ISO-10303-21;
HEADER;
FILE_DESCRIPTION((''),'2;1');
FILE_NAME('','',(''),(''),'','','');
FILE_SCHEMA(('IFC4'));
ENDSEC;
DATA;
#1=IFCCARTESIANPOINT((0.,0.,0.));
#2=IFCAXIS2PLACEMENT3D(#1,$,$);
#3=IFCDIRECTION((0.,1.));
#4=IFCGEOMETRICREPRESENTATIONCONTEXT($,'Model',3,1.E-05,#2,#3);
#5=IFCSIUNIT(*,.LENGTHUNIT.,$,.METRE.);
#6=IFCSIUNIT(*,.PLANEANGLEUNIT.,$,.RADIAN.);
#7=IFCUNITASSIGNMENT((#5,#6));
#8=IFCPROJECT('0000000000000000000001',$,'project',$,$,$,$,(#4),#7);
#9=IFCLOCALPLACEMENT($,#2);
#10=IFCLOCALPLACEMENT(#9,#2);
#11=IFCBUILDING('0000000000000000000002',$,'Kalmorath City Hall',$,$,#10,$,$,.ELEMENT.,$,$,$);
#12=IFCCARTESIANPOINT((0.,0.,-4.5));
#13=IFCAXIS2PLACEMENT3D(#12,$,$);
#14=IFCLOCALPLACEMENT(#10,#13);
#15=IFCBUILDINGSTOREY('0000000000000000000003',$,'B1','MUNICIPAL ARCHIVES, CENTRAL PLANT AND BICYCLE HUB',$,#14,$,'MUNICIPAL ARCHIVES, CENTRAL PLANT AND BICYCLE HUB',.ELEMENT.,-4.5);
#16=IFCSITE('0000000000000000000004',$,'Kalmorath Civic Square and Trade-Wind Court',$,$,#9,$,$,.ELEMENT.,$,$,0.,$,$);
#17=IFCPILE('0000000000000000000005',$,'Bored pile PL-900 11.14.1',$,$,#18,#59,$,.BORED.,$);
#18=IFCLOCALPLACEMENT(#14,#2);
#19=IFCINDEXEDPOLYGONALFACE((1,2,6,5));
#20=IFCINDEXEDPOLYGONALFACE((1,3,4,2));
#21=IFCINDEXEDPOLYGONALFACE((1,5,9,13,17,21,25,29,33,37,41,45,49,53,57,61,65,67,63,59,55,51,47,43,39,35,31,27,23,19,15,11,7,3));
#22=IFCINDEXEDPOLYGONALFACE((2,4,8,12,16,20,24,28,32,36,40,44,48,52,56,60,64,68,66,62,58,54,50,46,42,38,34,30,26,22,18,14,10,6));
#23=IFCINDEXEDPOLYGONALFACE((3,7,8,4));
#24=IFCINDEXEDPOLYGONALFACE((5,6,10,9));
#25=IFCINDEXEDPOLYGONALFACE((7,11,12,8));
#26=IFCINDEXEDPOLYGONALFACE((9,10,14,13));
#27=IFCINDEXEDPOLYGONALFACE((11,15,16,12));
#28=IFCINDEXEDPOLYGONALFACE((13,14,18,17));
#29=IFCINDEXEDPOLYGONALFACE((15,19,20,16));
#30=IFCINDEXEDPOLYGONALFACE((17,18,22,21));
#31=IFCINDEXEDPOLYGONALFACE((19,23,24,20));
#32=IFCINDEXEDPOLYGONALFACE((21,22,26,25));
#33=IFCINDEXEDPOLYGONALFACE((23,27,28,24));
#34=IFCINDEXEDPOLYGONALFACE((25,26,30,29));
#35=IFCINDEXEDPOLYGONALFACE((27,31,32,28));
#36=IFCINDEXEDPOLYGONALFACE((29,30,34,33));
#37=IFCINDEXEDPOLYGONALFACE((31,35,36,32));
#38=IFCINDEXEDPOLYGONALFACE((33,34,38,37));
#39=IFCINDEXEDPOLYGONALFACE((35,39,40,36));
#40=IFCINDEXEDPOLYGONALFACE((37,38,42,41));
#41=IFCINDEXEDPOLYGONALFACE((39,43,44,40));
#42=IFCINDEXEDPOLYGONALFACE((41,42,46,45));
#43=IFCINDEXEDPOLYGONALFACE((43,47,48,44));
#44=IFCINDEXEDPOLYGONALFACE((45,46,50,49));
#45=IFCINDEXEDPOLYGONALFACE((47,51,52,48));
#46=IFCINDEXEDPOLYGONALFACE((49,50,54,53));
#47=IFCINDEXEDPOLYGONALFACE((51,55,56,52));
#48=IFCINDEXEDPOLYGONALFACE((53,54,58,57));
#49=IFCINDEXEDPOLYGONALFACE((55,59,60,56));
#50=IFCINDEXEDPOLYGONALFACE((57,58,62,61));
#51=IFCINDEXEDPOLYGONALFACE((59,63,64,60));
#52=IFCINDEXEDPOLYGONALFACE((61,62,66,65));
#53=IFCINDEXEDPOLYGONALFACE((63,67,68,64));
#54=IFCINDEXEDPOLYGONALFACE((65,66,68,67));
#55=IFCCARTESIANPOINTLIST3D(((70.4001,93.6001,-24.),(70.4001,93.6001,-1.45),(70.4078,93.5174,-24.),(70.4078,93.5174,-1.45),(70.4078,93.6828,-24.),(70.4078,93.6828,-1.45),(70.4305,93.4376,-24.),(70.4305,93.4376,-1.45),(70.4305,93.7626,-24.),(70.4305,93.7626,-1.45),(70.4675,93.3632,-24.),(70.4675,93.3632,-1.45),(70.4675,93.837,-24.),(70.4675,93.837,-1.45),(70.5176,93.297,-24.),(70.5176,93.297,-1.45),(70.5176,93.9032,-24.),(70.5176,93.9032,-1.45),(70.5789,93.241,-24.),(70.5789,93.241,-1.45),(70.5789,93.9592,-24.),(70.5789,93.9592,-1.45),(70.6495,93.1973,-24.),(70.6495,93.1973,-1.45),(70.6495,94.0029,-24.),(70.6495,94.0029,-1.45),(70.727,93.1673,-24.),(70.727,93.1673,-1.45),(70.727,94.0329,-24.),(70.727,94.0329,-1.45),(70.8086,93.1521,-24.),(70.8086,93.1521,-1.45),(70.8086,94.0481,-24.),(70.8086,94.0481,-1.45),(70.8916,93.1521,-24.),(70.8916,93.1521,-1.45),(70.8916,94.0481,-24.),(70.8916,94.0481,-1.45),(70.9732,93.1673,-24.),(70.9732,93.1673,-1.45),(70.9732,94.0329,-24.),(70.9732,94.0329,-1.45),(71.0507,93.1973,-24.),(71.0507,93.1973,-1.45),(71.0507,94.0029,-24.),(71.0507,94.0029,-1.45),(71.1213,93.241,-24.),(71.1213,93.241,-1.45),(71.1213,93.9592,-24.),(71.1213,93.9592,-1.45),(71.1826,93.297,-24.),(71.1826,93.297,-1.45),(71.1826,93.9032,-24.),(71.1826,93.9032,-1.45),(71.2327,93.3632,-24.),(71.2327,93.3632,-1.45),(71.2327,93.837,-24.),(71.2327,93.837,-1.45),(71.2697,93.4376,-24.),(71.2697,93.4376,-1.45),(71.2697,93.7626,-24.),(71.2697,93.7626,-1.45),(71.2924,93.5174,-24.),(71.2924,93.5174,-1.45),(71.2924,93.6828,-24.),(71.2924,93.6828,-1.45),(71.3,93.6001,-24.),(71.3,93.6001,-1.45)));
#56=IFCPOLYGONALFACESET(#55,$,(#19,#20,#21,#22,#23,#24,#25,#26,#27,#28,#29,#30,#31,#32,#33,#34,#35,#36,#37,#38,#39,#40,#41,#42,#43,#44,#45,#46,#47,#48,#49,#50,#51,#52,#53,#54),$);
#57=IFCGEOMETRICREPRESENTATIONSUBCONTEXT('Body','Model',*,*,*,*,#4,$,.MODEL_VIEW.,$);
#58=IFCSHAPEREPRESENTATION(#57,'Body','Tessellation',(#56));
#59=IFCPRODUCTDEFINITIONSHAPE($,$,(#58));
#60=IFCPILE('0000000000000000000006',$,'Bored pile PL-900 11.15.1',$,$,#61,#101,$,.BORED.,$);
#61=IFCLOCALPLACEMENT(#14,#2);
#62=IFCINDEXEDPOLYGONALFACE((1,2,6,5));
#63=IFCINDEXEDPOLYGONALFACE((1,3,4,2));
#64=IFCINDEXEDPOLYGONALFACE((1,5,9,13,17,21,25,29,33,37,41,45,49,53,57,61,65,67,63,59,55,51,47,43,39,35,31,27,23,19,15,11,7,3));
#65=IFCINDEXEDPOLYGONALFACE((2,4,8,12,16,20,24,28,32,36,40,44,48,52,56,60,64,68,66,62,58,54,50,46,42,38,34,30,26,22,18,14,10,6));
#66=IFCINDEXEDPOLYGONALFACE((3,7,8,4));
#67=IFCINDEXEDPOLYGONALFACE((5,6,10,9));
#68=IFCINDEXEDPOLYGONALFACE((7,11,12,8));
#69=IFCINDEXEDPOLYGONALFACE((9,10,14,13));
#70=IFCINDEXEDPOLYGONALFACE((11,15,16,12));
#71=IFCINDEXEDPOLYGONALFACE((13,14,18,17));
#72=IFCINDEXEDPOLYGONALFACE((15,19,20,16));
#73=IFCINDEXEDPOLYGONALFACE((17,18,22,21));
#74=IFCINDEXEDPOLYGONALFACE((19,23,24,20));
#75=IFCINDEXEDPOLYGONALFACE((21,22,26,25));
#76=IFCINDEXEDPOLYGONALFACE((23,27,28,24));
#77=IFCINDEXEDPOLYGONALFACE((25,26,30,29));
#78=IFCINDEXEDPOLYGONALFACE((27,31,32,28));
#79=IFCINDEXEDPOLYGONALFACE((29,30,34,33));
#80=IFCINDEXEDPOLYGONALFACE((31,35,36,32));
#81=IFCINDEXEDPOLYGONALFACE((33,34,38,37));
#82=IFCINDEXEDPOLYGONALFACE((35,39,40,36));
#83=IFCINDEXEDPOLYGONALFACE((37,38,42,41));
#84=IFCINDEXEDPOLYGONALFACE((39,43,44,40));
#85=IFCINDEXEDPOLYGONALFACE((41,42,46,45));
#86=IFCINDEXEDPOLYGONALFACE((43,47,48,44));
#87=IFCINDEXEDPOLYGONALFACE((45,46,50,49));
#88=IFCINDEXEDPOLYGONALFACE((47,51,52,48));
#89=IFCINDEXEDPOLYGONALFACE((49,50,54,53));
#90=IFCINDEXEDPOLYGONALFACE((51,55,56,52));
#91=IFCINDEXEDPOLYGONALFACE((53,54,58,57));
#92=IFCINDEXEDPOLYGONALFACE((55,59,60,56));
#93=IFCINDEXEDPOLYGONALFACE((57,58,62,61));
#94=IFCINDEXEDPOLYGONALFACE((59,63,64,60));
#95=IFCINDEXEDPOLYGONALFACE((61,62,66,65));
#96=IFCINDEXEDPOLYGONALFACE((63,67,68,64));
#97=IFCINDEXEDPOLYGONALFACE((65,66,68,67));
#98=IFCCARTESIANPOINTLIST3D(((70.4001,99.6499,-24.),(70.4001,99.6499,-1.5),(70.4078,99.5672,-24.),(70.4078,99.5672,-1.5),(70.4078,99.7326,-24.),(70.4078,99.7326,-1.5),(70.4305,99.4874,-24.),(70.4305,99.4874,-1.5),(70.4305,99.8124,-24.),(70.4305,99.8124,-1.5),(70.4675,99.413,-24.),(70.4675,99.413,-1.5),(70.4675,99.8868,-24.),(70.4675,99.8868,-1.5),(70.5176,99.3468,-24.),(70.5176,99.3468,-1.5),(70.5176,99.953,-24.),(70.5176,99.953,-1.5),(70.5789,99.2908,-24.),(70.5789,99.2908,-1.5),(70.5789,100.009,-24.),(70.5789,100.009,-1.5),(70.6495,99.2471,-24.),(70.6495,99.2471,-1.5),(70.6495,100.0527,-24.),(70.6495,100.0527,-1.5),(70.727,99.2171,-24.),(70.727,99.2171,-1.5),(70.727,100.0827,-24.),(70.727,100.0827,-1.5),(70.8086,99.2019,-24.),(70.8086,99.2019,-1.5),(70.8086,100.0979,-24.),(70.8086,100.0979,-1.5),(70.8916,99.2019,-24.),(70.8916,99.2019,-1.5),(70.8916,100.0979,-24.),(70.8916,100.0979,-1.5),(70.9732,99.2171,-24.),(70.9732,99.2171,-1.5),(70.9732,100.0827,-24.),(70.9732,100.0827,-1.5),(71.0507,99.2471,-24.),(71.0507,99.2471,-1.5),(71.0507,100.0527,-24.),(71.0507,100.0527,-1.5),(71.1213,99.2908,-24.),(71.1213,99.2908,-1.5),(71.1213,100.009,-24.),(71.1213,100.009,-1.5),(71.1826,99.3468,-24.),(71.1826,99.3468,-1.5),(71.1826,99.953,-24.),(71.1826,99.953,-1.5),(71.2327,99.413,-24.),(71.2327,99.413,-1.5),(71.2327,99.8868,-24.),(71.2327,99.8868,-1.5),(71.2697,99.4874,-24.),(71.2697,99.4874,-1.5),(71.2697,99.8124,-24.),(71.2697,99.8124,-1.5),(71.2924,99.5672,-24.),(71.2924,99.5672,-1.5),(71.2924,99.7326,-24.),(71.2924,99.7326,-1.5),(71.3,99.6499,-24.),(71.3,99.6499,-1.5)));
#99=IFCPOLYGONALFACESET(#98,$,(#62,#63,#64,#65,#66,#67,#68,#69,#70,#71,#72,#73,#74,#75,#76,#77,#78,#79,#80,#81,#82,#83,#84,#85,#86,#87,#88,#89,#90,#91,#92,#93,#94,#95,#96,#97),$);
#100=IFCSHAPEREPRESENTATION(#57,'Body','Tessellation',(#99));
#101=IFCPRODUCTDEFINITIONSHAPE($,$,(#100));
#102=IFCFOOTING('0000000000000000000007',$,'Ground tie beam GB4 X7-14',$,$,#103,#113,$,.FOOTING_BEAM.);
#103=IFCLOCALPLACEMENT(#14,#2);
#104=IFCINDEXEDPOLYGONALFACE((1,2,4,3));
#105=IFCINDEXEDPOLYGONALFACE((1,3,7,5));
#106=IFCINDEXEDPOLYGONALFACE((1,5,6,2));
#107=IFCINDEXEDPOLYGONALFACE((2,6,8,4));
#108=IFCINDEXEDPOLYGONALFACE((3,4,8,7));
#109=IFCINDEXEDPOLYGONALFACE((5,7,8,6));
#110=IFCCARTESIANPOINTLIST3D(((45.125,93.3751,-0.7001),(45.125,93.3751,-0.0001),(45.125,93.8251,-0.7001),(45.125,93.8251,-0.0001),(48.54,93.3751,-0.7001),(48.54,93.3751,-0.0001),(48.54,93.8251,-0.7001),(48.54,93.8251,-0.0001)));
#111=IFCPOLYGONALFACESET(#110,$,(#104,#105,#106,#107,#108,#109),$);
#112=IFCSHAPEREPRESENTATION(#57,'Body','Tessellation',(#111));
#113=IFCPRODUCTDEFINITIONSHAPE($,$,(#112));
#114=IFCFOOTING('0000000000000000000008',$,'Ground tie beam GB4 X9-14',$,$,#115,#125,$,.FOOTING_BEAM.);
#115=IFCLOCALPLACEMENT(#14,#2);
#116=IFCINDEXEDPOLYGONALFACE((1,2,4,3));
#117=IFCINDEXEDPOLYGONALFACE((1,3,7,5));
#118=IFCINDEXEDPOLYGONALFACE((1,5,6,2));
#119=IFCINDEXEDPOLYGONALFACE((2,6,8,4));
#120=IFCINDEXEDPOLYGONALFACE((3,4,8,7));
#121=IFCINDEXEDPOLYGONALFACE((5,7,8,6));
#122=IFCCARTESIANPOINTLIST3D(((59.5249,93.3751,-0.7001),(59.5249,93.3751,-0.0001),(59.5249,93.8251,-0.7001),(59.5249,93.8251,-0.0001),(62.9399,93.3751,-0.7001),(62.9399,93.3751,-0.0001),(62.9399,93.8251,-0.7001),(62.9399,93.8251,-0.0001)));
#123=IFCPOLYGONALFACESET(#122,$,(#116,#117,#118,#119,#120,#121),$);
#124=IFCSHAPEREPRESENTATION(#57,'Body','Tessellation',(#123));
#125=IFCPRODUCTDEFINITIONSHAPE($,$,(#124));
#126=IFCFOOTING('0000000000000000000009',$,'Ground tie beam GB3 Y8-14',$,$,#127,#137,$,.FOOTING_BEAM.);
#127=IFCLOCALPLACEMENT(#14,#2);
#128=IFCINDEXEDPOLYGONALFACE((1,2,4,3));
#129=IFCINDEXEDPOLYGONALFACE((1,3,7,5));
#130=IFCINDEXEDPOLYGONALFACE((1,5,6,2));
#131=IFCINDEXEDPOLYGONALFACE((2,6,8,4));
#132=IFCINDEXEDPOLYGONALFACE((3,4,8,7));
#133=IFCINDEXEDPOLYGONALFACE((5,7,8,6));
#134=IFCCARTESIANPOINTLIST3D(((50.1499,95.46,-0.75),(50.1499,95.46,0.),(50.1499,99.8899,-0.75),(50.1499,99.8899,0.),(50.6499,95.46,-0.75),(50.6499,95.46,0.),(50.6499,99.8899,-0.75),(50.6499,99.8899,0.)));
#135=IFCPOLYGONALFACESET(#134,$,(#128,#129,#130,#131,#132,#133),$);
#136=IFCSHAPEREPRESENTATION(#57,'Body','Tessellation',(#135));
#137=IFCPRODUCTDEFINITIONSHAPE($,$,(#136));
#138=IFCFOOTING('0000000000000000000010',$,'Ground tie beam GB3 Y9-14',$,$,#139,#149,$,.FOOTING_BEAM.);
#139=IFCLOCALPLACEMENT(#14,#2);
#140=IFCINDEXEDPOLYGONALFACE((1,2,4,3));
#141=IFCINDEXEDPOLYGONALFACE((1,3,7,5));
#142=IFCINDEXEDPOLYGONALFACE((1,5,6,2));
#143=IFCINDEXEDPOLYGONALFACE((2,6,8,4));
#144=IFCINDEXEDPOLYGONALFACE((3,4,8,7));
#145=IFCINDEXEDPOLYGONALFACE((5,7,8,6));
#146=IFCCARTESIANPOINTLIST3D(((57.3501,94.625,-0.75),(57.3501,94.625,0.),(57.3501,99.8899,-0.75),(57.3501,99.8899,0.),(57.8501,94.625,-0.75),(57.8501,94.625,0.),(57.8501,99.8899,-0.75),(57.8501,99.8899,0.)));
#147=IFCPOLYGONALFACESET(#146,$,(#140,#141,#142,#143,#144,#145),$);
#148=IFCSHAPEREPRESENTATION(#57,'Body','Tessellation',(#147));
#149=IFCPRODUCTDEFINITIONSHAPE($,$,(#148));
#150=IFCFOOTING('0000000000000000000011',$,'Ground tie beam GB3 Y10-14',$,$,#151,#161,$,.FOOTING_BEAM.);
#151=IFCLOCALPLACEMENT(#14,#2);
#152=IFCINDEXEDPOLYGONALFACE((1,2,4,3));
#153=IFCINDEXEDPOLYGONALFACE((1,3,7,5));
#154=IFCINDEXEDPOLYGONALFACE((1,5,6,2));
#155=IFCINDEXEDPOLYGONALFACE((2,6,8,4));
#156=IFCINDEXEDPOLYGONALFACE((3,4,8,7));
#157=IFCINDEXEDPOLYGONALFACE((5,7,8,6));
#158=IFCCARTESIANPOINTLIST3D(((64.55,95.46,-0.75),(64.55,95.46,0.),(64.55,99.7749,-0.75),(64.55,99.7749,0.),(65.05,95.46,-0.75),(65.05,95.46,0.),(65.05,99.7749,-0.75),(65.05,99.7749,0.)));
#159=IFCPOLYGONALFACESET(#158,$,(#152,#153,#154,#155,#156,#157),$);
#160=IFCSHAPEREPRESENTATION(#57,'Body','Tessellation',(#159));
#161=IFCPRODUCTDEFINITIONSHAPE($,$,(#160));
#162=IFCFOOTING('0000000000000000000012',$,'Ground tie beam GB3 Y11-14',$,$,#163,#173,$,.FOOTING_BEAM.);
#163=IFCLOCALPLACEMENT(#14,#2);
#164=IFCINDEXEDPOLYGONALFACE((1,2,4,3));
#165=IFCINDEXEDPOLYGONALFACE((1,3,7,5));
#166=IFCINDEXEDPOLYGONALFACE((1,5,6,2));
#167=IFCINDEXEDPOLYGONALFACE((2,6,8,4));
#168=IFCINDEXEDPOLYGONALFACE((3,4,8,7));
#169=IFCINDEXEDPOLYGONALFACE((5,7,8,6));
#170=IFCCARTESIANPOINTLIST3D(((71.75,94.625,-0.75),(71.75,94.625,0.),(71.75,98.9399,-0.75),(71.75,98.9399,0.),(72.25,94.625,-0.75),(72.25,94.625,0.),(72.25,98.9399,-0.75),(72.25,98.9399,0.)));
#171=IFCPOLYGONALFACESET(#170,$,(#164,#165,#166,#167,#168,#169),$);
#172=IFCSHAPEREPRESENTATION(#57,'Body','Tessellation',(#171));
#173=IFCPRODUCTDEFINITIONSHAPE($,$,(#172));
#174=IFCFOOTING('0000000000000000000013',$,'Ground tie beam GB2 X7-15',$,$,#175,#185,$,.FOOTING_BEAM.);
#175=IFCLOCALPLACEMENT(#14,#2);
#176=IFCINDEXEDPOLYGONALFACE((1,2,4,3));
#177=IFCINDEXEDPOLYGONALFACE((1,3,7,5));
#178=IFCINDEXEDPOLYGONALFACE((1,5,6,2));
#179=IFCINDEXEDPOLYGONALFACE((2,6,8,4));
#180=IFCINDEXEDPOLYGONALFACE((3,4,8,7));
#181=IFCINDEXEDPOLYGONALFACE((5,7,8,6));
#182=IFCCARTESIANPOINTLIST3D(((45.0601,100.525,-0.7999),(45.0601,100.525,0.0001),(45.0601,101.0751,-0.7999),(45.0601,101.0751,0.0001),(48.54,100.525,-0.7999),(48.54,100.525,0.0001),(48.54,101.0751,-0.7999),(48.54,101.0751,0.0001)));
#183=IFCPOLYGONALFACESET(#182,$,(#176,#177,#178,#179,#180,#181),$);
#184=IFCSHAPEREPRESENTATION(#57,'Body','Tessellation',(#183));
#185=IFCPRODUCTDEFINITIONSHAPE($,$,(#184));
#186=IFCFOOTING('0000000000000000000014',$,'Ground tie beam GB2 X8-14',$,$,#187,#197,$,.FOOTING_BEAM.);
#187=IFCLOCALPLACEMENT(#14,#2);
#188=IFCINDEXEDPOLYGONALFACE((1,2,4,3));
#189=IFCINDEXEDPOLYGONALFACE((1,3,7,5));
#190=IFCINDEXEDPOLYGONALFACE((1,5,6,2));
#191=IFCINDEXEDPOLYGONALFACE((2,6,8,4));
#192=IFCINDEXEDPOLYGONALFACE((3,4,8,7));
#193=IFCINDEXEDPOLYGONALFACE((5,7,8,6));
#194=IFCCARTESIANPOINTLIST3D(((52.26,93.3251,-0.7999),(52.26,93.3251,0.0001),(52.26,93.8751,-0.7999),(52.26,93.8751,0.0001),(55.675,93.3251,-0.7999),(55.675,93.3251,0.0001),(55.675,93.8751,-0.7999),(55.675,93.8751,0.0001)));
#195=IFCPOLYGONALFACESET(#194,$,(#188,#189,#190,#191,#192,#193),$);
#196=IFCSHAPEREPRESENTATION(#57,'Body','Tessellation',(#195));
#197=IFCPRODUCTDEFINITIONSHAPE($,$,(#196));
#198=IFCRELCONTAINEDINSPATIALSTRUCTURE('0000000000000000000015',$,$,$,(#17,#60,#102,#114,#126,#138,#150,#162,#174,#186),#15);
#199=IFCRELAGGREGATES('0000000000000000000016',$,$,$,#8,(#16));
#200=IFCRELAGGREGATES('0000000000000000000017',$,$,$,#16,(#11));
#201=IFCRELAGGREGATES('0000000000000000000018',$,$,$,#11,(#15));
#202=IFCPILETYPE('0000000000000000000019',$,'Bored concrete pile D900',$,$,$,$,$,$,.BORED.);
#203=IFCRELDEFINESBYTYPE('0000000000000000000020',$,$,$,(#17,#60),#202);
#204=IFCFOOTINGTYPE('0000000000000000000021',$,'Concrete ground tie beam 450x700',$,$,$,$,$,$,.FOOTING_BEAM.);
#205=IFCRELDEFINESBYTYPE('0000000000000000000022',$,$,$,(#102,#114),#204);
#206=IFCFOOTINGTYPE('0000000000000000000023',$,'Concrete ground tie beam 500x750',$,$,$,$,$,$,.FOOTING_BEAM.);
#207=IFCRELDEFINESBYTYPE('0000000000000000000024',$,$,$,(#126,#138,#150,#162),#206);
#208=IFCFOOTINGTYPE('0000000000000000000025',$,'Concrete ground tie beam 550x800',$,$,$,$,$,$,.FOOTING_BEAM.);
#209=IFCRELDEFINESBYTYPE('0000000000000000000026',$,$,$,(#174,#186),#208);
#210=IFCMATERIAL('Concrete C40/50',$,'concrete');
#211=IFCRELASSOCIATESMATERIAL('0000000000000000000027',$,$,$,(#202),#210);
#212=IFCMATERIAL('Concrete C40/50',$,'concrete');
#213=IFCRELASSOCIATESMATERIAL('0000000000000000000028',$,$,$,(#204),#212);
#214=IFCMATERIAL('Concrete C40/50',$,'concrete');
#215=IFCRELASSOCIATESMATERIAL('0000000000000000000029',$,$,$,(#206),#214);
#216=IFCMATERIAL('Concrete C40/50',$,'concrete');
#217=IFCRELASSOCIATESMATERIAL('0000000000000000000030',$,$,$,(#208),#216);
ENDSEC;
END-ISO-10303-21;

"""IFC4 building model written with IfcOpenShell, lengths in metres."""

from ifc_helpers import new_model, si_unit, direction, frame, origin, origin_2d, place, context, subcontext, project, spatial, rectangle, circle, extrude, material, material_profile, profile_set, type_object, element, save


model = new_model("IFC4")

# Units and contexts
model_context = context("Model", 3, precision=1e-05, world=origin(), true_north=direction((0.0, 1.0)))
body_context = subcontext(model_context, "Body", "Model", "MODEL_VIEW")
ifc_project = project(units=[si_unit("LENGTHUNIT", "METRE"), si_unit("PLANEANGLEUNIT", "RADIAN")], contexts=[model_context])

# Site, building, storey
site_placement = place(None, origin())
site = spatial("IfcSite", under=ifc_project, at=site_placement, Name="Kalmorath Civic Square and Trade-Wind Court", CompositionType="ELEMENT", RefElevation=0.0)
building_placement = place(site_placement, origin())
building = spatial("IfcBuilding", under=site, at=building_placement, Name="Kalmorath City Hall", CompositionType="ELEMENT")
storey_placement = place(building_placement, frame((0.0, 0.0, -4.5)))
storey = spatial("IfcBuildingStorey", under=building, at=storey_placement, Name="B1", Description="MUNICIPAL ARCHIVES, CENTRAL PLANT AND BICYCLE HUB", LongName="MUNICIPAL ARCHIVES, CENTRAL PLANT AND BICYCLE HUB", CompositionType="ELEMENT", Elevation=-4.5)

# Piles
ifc_material_1 = material(Name="Concrete C40/50", Category="concrete")
ifc_material_profile_1 = material_profile(ifc_material_1, circle(Radius=0.45, at=origin_2d()), Name="PILE-D900")
ifc_profile_set_1 = profile_set([ifc_material_profile_1], Name="Concrete C40/50")
pile_type = type_object("IfcPileType", Name="Bored concrete pile D900", PredefinedType="BORED", material=ifc_profile_set_1)
pile_1_placement = place(storey_placement, frame((70.8501, 93.6001, -1.45), z_axis=(0.0, 0.0, -1.0), x_axis=(1.0, 0.0, 0.0)))
element("IfcPile", 1, at=pile_1_placement, inside=storey, type_object=pile_type, Name="Bored pile PL-900 11.14.1", PredefinedType="BORED", context=body_context, shape_type="SweptSolid", body=[
    extrude(circle(Radius=0.45, at=origin_2d()), origin(), (0.0, 0.0, 1.0), 22.55),
])
pile_2_placement = place(storey_placement, frame((70.8501, 99.6499, -1.5), z_axis=(0.0, 0.0, -1.0), x_axis=(1.0, 0.0, 0.0)))
element("IfcPile", 2, at=pile_2_placement, inside=storey, type_object=pile_type, Name="Bored pile PL-900 11.15.1", PredefinedType="BORED", context=body_context, shape_type="SweptSolid", body=[
    extrude(circle(Radius=0.45, at=origin_2d()), origin(), (0.0, 0.0, 1.0), 22.5),
])

# Footings
ifc_material_2 = material(Name="Concrete C40/50", Category="concrete")
ifc_material_profile_2 = material_profile(ifc_material_2, rectangle(XDim=0.45, YDim=0.7, at=origin_2d()), Name="RC-BM-450X700")
ifc_profile_set_2 = profile_set([ifc_material_profile_2], Name="Concrete C40/50")
footing_type_1 = type_object("IfcFootingType", Name="Concrete ground tie beam 450x700", PredefinedType="FOOTING_BEAM", material=ifc_profile_set_2)
for number, where, z_axis, x_axis, name in (
    (3, (45.125, 93.6001, -0.3501), (1.0, 0.0, 0.0), (0.0, 1.0, 0.0), "Ground tie beam GB4 X7-14"),
    (4, (59.5249, 93.6001, -0.3501), (1.0, 0.0, 0.0), (0.0, 1.0, 0.0), "Ground tie beam GB4 X9-14"),
):
    element("IfcFooting", number, at=place(storey_placement, frame(where, z_axis=z_axis, x_axis=x_axis)), inside=storey, type_object=footing_type_1, Name=name, PredefinedType="FOOTING_BEAM", context=body_context, shape_type="SweptSolid", body=[
        extrude(rectangle(XDim=0.45, YDim=0.7, at=origin_2d()), origin(), (0.0, 0.0, 1.0), 3.415),
    ])
ifc_material_3 = material(Name="Concrete C40/50", Category="concrete")
ifc_material_profile_3 = material_profile(ifc_material_3, rectangle(XDim=0.5, YDim=0.75, at=origin_2d()), Name="RC-BM-500X750")
ifc_profile_set_3 = profile_set([ifc_material_profile_3], Name="Concrete C40/50")
footing_type_2 = type_object("IfcFootingType", Name="Concrete ground tie beam 500x750", PredefinedType="FOOTING_BEAM", material=ifc_profile_set_3)
footing_1_placement = place(storey_placement, frame((50.3999, 95.46, -0.375), z_axis=(0.0, 1.0, 0.0), x_axis=(-1.0, 0.0, 0.0)))
element("IfcFooting", 5, at=footing_1_placement, inside=storey, type_object=footing_type_2, Name="Ground tie beam GB3 Y8-14", PredefinedType="FOOTING_BEAM", context=body_context, shape_type="SweptSolid", body=[
    extrude(rectangle(XDim=0.5, YDim=0.75, at=origin_2d()), origin(), (0.0, 0.0, 1.0), 4.4299),
])
footing_2_placement = place(storey_placement, frame((57.6001, 94.625, -0.375), z_axis=(0.0, 1.0, 0.0), x_axis=(-1.0, 0.0, 0.0)))
element("IfcFooting", 6, at=footing_2_placement, inside=storey, type_object=footing_type_2, Name="Ground tie beam GB3 Y9-14", PredefinedType="FOOTING_BEAM", context=body_context, shape_type="SweptSolid", body=[
    extrude(rectangle(XDim=0.5, YDim=0.75, at=origin_2d()), origin(), (0.0, 0.0, 1.0), 5.2649),
])
for number, where, z_axis, x_axis, name in (
    (7, (64.8, 95.46, -0.375), (0.0, 1.0, 0.0), (-1.0, 0.0, 0.0), "Ground tie beam GB3 Y10-14"),
    (8, (72.0, 94.625, -0.375), (0.0, 1.0, 0.0), (-1.0, 0.0, 0.0), "Ground tie beam GB3 Y11-14"),
):
    element("IfcFooting", number, at=place(storey_placement, frame(where, z_axis=z_axis, x_axis=x_axis)), inside=storey, type_object=footing_type_2, Name=name, PredefinedType="FOOTING_BEAM", context=body_context, shape_type="SweptSolid", body=[
        extrude(rectangle(XDim=0.5, YDim=0.75, at=origin_2d()), origin(), (0.0, 0.0, 1.0), 4.3149),
    ])
ifc_material_4 = material(Name="Concrete C40/50", Category="concrete")
ifc_material_profile_4 = material_profile(ifc_material_4, rectangle(XDim=0.55, YDim=0.8, at=origin_2d()), Name="RC-BM-550X800")
ifc_profile_set_4 = profile_set([ifc_material_profile_4], Name="Concrete C40/50")
footing_type_3 = type_object("IfcFootingType", Name="Concrete ground tie beam 550x800", PredefinedType="FOOTING_BEAM", material=ifc_profile_set_4)
footing_3_placement = place(storey_placement, frame((45.0601, 100.8, -0.3999), z_axis=(1.0, 0.0, 0.0), x_axis=(0.0, 1.0, 0.0)))
element("IfcFooting", 9, at=footing_3_placement, inside=storey, type_object=footing_type_3, Name="Ground tie beam GB2 X7-15", PredefinedType="FOOTING_BEAM", context=body_context, shape_type="SweptSolid", body=[
    extrude(rectangle(XDim=0.55, YDim=0.8, at=origin_2d()), origin(), (0.0, 0.0, 1.0), 3.48),
])
for number, where, z_axis, x_axis, name in (
    (10, (52.26, 93.6001, -0.3999), (1.0, 0.0, 0.0), (0.0, 1.0, 0.0), "Ground tie beam GB2 X8-14"),
):
    element("IfcFooting", number, at=place(storey_placement, frame(where, z_axis=z_axis, x_axis=x_axis)), inside=storey, type_object=footing_type_3, Name=name, PredefinedType="FOOTING_BEAM", context=body_context, shape_type="SweptSolid", body=[
        extrude(rectangle(XDim=0.55, YDim=0.8, at=origin_2d()), origin(), (0.0, 0.0, 1.0), 3.415),
    ])

save(model, "model.ifc")
